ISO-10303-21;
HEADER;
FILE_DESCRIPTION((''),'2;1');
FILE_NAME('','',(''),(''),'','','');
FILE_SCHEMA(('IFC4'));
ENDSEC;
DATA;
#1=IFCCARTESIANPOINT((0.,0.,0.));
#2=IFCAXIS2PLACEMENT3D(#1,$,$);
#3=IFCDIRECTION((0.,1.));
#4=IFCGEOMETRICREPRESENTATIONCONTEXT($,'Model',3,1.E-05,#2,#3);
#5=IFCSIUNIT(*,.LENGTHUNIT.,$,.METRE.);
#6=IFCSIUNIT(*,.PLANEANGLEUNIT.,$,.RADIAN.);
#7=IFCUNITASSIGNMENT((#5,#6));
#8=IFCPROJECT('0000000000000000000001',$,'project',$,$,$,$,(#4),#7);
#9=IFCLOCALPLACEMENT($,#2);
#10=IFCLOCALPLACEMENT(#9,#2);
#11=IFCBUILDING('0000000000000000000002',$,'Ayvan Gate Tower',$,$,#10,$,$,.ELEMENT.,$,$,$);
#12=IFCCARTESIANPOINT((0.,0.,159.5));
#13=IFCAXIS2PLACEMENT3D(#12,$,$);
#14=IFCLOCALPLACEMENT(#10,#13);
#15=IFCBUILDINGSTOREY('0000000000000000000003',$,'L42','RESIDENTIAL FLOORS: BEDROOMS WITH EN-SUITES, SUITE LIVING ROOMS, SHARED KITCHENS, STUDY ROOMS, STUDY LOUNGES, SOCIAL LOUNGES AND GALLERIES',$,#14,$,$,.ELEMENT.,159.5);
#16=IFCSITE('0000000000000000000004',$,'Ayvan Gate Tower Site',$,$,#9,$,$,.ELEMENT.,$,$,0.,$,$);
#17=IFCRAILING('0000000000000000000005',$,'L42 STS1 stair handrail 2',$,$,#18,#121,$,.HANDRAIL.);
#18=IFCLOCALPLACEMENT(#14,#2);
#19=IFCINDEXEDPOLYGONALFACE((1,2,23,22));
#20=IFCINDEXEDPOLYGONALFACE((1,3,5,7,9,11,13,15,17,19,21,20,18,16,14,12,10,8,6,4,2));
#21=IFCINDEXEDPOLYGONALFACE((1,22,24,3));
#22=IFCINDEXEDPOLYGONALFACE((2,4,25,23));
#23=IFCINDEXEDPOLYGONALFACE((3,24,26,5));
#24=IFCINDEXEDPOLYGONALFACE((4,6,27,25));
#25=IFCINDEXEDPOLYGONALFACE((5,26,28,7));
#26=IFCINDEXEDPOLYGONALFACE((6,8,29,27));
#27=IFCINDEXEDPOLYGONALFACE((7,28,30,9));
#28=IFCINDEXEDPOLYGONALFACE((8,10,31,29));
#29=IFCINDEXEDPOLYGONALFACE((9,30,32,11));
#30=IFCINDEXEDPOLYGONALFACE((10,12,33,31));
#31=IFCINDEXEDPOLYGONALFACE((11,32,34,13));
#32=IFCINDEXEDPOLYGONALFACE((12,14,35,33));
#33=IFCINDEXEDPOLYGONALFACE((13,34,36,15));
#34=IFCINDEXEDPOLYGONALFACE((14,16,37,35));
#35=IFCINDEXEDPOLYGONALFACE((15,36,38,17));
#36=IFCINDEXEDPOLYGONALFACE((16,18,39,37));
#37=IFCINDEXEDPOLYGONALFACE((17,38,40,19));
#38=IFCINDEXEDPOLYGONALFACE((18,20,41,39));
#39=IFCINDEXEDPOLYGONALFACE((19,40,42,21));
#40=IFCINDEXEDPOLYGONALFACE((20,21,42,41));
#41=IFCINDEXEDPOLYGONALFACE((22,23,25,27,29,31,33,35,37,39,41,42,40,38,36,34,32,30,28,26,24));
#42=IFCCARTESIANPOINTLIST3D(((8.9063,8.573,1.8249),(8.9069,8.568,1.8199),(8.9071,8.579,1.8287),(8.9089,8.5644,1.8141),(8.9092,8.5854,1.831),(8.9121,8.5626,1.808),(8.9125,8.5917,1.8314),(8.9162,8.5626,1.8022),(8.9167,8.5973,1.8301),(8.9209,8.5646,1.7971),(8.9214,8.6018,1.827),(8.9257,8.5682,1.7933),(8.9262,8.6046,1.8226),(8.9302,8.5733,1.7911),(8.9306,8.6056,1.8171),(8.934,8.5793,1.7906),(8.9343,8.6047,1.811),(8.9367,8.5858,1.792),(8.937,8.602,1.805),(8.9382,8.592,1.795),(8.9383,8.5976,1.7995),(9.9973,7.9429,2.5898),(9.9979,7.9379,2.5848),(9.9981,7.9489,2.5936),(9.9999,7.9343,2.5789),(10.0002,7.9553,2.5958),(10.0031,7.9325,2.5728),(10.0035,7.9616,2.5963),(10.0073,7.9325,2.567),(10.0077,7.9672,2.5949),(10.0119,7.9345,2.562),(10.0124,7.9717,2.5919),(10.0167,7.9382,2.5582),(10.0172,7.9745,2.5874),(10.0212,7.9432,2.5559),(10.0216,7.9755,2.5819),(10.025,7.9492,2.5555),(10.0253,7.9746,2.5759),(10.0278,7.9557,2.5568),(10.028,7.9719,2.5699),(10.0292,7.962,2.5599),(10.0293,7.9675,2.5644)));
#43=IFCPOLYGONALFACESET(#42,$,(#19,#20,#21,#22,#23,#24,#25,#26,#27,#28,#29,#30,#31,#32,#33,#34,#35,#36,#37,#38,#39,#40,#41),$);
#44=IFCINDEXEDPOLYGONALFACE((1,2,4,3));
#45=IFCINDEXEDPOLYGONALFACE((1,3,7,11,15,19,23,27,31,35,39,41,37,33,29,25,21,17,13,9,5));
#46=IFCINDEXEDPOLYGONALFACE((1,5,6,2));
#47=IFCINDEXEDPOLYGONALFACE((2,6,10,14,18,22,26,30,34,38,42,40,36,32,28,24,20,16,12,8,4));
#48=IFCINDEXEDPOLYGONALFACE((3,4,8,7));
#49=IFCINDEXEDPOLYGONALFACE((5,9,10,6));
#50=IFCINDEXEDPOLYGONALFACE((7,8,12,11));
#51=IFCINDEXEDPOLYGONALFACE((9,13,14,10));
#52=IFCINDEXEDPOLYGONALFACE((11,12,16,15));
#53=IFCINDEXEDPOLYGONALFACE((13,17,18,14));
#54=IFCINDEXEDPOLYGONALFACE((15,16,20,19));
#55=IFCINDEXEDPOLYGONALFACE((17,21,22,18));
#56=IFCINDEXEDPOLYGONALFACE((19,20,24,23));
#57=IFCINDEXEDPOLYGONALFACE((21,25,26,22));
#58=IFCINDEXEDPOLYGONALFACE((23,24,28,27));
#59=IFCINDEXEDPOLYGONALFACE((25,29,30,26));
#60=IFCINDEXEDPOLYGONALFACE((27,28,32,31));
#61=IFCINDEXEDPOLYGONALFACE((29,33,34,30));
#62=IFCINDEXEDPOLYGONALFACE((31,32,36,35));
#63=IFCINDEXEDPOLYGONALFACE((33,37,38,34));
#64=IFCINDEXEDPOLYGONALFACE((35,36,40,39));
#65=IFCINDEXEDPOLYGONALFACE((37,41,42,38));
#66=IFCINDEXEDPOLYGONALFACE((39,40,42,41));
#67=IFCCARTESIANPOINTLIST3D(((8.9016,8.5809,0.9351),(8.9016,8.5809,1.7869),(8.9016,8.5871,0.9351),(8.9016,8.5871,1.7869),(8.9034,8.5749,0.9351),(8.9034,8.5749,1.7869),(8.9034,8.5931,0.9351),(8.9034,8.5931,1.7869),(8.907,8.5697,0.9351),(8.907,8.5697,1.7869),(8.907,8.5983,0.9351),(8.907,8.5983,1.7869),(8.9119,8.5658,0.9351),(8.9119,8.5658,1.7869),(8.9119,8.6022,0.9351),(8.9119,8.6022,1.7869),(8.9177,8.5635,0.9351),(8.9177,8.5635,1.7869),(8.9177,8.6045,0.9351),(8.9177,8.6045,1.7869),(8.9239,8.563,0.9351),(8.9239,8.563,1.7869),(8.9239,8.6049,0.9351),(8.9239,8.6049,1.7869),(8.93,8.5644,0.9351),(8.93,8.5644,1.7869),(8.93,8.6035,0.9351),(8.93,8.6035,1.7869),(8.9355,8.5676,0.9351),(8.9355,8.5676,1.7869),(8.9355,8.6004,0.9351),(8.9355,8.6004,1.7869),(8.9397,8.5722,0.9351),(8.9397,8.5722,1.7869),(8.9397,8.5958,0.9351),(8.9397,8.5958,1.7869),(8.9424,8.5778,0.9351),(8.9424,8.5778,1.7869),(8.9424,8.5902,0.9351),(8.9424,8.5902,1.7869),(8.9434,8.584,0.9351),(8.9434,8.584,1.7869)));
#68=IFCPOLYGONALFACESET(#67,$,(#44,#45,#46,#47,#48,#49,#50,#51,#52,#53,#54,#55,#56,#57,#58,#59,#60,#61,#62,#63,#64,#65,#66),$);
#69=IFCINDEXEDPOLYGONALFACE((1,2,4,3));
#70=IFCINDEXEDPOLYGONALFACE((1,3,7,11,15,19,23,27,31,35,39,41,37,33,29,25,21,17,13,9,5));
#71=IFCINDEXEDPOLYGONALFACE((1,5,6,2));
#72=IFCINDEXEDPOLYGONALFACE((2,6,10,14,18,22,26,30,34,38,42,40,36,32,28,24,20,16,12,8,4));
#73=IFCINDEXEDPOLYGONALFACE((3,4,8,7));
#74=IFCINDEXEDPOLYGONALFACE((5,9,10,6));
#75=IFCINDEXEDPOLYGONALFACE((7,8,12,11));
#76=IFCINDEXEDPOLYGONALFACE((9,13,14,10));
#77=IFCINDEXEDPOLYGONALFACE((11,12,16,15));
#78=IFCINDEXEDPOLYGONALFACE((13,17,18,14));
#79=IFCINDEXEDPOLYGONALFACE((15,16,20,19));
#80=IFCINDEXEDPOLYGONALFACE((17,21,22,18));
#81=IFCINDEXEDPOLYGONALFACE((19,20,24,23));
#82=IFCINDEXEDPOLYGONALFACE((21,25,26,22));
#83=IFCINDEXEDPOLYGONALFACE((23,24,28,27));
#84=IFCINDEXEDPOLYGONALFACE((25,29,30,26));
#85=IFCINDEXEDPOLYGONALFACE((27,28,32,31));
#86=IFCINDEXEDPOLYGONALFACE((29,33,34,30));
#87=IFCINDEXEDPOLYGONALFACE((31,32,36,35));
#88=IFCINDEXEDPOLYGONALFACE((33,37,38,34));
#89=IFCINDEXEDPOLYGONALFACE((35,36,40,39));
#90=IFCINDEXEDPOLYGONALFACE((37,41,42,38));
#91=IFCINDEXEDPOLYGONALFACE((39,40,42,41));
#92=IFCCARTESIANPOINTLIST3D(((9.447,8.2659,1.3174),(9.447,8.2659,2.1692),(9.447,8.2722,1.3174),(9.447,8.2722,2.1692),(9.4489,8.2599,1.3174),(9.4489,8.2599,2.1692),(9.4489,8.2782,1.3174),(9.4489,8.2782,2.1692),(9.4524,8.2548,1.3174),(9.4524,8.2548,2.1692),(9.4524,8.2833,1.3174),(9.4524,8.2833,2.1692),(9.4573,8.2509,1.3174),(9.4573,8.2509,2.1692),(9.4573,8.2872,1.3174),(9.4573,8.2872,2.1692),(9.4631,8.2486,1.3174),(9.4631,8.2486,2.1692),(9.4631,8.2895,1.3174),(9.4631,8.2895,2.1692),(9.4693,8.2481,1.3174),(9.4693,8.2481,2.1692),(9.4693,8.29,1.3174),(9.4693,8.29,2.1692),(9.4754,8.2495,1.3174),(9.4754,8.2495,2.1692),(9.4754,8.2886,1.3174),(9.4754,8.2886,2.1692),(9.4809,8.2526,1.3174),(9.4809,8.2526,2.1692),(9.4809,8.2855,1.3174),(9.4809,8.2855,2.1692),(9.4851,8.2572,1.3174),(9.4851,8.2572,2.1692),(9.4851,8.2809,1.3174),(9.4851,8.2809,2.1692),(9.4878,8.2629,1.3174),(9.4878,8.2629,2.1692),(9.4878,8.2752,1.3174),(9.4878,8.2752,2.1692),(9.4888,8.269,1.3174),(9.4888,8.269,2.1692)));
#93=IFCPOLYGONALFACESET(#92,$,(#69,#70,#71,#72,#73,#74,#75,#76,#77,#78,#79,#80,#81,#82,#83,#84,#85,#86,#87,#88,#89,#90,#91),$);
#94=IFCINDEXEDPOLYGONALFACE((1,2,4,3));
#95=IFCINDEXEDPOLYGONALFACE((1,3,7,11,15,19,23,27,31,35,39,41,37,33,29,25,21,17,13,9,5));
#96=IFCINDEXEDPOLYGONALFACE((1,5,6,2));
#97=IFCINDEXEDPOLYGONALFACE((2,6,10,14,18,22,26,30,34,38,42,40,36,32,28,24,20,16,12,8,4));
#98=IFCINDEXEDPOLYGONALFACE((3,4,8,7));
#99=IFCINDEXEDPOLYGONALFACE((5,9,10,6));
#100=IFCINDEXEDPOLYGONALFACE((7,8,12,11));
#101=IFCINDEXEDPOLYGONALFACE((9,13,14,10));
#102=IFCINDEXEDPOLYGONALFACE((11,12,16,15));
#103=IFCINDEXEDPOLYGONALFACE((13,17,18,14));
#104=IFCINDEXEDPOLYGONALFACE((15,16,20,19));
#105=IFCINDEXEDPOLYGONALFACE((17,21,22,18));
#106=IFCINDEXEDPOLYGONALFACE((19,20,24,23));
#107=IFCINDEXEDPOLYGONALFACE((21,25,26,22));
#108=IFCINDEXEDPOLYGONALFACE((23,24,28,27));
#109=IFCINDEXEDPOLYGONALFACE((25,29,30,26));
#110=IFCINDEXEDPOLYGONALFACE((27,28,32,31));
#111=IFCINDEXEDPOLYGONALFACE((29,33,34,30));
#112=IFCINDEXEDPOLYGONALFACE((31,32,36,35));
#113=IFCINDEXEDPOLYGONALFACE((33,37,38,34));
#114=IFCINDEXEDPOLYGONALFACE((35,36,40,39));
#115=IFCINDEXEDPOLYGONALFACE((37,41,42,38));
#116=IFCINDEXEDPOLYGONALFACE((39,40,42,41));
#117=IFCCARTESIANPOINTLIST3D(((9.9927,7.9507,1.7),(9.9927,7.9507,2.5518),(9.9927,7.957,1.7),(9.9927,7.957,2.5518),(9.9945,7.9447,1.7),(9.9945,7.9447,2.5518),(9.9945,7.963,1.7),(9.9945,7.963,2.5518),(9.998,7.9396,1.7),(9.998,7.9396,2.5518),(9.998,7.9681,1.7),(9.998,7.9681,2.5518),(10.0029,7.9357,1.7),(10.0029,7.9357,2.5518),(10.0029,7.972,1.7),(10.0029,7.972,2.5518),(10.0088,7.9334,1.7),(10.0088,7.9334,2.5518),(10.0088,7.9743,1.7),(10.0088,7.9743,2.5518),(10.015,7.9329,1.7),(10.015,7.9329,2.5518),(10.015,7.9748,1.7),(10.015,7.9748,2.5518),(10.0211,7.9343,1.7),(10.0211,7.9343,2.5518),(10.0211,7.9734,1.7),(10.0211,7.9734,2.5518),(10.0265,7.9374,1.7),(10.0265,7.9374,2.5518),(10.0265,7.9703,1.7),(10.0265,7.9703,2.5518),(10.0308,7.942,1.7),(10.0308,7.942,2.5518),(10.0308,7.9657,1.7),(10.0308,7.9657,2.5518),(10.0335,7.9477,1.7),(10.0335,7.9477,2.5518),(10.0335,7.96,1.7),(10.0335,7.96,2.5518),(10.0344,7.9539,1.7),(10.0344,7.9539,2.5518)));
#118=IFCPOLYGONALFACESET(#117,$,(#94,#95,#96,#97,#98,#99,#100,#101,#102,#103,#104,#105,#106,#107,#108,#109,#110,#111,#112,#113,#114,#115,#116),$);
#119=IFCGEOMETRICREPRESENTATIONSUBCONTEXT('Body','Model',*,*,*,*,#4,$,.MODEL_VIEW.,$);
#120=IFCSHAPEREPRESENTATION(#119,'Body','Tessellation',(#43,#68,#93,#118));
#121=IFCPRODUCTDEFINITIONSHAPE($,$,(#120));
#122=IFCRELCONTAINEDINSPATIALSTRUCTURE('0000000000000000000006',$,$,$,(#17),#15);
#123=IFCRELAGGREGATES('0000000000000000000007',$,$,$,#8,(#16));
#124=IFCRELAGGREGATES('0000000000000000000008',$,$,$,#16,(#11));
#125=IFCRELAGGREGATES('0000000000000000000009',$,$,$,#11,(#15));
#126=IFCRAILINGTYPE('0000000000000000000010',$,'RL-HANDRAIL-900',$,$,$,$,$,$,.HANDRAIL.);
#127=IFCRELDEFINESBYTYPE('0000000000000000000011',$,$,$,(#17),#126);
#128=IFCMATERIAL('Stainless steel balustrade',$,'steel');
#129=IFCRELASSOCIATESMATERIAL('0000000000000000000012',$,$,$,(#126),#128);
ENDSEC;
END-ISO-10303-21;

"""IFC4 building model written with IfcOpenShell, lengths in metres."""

from ifc_helpers import new_model, si_unit, direction, frame, origin, origin_2d, place, context, subcontext, project, spatial, circle, extrude, material, type_object, element, save


model = new_model("IFC4")

# Units and contexts
model_context = context("Model", 3, precision=1e-05, world=origin(), true_north=direction((0.0, 1.0)))
body_context = subcontext(model_context, "Body", "Model", "MODEL_VIEW")
ifc_project = project(units=[si_unit("LENGTHUNIT", "METRE"), si_unit("PLANEANGLEUNIT", "RADIAN")], contexts=[model_context])

# Site, building, storey
site_placement = place(None, origin())
site = spatial("IfcSite", under=ifc_project, at=site_placement, Name="Ayvan Gate Tower Site", CompositionType="ELEMENT", RefElevation=0.0)
building_placement = place(site_placement, origin())
building = spatial("IfcBuilding", under=site, at=building_placement, Name="Ayvan Gate Tower", CompositionType="ELEMENT")
storey_placement = place(building_placement, frame((0.0, 0.0, 159.5)))
storey = spatial("IfcBuildingStorey", under=building, at=storey_placement, Name="L42", Description="RESIDENTIAL FLOORS: BEDROOMS WITH EN-SUITES, SUITE LIVING ROOMS, SHARED KITCHENS, STUDY ROOMS, STUDY LOUNGES, SOCIAL LOUNGES AND GALLERIES", CompositionType="ELEMENT", Elevation=159.5)

# Railing
ifc_material_1 = material(Name="Stainless steel balustrade", Category="steel")
railing_type_1 = type_object("IfcRailingType", Name="RL-HANDRAIL-900", PredefinedType="HANDRAIL", material=ifc_material_1)
railing_1_placement = place(storey_placement, frame((8.9224, 8.584, 0.9351)))
element("IfcRailing", 1, at=railing_1_placement, inside=storey, type_object=railing_type_1, Name="L42 STS1 stair handrail 2", PredefinedType="HANDRAIL", context=body_context, shape_type="SweptSolid", body=[
    extrude(circle(Radius=0.0239, at=origin_2d()), frame((0.0, 0.0, 0.876), z_axis=(0.740229, -0.427508, 0.518939), x_axis=(0.500119, 0.865956, 0.0)), (0.0, 0.0, 1.0), 1.4739),
    extrude(circle(Radius=0.021, at=origin_2d()), origin(), (0.0, 0.0, 1.0), 0.8518),
    extrude(circle(Radius=0.021, at=origin_2d()), frame((0.5454, -0.3149, 0.3823)), (0.0, 0.0, 1.0), 0.8518),
    extrude(circle(Radius=0.021, at=origin_2d()), frame((1.0911, -0.6301, 0.7649)), (0.0, 0.0, 1.0), 0.8518),
])

save(model, "model.ifc")
